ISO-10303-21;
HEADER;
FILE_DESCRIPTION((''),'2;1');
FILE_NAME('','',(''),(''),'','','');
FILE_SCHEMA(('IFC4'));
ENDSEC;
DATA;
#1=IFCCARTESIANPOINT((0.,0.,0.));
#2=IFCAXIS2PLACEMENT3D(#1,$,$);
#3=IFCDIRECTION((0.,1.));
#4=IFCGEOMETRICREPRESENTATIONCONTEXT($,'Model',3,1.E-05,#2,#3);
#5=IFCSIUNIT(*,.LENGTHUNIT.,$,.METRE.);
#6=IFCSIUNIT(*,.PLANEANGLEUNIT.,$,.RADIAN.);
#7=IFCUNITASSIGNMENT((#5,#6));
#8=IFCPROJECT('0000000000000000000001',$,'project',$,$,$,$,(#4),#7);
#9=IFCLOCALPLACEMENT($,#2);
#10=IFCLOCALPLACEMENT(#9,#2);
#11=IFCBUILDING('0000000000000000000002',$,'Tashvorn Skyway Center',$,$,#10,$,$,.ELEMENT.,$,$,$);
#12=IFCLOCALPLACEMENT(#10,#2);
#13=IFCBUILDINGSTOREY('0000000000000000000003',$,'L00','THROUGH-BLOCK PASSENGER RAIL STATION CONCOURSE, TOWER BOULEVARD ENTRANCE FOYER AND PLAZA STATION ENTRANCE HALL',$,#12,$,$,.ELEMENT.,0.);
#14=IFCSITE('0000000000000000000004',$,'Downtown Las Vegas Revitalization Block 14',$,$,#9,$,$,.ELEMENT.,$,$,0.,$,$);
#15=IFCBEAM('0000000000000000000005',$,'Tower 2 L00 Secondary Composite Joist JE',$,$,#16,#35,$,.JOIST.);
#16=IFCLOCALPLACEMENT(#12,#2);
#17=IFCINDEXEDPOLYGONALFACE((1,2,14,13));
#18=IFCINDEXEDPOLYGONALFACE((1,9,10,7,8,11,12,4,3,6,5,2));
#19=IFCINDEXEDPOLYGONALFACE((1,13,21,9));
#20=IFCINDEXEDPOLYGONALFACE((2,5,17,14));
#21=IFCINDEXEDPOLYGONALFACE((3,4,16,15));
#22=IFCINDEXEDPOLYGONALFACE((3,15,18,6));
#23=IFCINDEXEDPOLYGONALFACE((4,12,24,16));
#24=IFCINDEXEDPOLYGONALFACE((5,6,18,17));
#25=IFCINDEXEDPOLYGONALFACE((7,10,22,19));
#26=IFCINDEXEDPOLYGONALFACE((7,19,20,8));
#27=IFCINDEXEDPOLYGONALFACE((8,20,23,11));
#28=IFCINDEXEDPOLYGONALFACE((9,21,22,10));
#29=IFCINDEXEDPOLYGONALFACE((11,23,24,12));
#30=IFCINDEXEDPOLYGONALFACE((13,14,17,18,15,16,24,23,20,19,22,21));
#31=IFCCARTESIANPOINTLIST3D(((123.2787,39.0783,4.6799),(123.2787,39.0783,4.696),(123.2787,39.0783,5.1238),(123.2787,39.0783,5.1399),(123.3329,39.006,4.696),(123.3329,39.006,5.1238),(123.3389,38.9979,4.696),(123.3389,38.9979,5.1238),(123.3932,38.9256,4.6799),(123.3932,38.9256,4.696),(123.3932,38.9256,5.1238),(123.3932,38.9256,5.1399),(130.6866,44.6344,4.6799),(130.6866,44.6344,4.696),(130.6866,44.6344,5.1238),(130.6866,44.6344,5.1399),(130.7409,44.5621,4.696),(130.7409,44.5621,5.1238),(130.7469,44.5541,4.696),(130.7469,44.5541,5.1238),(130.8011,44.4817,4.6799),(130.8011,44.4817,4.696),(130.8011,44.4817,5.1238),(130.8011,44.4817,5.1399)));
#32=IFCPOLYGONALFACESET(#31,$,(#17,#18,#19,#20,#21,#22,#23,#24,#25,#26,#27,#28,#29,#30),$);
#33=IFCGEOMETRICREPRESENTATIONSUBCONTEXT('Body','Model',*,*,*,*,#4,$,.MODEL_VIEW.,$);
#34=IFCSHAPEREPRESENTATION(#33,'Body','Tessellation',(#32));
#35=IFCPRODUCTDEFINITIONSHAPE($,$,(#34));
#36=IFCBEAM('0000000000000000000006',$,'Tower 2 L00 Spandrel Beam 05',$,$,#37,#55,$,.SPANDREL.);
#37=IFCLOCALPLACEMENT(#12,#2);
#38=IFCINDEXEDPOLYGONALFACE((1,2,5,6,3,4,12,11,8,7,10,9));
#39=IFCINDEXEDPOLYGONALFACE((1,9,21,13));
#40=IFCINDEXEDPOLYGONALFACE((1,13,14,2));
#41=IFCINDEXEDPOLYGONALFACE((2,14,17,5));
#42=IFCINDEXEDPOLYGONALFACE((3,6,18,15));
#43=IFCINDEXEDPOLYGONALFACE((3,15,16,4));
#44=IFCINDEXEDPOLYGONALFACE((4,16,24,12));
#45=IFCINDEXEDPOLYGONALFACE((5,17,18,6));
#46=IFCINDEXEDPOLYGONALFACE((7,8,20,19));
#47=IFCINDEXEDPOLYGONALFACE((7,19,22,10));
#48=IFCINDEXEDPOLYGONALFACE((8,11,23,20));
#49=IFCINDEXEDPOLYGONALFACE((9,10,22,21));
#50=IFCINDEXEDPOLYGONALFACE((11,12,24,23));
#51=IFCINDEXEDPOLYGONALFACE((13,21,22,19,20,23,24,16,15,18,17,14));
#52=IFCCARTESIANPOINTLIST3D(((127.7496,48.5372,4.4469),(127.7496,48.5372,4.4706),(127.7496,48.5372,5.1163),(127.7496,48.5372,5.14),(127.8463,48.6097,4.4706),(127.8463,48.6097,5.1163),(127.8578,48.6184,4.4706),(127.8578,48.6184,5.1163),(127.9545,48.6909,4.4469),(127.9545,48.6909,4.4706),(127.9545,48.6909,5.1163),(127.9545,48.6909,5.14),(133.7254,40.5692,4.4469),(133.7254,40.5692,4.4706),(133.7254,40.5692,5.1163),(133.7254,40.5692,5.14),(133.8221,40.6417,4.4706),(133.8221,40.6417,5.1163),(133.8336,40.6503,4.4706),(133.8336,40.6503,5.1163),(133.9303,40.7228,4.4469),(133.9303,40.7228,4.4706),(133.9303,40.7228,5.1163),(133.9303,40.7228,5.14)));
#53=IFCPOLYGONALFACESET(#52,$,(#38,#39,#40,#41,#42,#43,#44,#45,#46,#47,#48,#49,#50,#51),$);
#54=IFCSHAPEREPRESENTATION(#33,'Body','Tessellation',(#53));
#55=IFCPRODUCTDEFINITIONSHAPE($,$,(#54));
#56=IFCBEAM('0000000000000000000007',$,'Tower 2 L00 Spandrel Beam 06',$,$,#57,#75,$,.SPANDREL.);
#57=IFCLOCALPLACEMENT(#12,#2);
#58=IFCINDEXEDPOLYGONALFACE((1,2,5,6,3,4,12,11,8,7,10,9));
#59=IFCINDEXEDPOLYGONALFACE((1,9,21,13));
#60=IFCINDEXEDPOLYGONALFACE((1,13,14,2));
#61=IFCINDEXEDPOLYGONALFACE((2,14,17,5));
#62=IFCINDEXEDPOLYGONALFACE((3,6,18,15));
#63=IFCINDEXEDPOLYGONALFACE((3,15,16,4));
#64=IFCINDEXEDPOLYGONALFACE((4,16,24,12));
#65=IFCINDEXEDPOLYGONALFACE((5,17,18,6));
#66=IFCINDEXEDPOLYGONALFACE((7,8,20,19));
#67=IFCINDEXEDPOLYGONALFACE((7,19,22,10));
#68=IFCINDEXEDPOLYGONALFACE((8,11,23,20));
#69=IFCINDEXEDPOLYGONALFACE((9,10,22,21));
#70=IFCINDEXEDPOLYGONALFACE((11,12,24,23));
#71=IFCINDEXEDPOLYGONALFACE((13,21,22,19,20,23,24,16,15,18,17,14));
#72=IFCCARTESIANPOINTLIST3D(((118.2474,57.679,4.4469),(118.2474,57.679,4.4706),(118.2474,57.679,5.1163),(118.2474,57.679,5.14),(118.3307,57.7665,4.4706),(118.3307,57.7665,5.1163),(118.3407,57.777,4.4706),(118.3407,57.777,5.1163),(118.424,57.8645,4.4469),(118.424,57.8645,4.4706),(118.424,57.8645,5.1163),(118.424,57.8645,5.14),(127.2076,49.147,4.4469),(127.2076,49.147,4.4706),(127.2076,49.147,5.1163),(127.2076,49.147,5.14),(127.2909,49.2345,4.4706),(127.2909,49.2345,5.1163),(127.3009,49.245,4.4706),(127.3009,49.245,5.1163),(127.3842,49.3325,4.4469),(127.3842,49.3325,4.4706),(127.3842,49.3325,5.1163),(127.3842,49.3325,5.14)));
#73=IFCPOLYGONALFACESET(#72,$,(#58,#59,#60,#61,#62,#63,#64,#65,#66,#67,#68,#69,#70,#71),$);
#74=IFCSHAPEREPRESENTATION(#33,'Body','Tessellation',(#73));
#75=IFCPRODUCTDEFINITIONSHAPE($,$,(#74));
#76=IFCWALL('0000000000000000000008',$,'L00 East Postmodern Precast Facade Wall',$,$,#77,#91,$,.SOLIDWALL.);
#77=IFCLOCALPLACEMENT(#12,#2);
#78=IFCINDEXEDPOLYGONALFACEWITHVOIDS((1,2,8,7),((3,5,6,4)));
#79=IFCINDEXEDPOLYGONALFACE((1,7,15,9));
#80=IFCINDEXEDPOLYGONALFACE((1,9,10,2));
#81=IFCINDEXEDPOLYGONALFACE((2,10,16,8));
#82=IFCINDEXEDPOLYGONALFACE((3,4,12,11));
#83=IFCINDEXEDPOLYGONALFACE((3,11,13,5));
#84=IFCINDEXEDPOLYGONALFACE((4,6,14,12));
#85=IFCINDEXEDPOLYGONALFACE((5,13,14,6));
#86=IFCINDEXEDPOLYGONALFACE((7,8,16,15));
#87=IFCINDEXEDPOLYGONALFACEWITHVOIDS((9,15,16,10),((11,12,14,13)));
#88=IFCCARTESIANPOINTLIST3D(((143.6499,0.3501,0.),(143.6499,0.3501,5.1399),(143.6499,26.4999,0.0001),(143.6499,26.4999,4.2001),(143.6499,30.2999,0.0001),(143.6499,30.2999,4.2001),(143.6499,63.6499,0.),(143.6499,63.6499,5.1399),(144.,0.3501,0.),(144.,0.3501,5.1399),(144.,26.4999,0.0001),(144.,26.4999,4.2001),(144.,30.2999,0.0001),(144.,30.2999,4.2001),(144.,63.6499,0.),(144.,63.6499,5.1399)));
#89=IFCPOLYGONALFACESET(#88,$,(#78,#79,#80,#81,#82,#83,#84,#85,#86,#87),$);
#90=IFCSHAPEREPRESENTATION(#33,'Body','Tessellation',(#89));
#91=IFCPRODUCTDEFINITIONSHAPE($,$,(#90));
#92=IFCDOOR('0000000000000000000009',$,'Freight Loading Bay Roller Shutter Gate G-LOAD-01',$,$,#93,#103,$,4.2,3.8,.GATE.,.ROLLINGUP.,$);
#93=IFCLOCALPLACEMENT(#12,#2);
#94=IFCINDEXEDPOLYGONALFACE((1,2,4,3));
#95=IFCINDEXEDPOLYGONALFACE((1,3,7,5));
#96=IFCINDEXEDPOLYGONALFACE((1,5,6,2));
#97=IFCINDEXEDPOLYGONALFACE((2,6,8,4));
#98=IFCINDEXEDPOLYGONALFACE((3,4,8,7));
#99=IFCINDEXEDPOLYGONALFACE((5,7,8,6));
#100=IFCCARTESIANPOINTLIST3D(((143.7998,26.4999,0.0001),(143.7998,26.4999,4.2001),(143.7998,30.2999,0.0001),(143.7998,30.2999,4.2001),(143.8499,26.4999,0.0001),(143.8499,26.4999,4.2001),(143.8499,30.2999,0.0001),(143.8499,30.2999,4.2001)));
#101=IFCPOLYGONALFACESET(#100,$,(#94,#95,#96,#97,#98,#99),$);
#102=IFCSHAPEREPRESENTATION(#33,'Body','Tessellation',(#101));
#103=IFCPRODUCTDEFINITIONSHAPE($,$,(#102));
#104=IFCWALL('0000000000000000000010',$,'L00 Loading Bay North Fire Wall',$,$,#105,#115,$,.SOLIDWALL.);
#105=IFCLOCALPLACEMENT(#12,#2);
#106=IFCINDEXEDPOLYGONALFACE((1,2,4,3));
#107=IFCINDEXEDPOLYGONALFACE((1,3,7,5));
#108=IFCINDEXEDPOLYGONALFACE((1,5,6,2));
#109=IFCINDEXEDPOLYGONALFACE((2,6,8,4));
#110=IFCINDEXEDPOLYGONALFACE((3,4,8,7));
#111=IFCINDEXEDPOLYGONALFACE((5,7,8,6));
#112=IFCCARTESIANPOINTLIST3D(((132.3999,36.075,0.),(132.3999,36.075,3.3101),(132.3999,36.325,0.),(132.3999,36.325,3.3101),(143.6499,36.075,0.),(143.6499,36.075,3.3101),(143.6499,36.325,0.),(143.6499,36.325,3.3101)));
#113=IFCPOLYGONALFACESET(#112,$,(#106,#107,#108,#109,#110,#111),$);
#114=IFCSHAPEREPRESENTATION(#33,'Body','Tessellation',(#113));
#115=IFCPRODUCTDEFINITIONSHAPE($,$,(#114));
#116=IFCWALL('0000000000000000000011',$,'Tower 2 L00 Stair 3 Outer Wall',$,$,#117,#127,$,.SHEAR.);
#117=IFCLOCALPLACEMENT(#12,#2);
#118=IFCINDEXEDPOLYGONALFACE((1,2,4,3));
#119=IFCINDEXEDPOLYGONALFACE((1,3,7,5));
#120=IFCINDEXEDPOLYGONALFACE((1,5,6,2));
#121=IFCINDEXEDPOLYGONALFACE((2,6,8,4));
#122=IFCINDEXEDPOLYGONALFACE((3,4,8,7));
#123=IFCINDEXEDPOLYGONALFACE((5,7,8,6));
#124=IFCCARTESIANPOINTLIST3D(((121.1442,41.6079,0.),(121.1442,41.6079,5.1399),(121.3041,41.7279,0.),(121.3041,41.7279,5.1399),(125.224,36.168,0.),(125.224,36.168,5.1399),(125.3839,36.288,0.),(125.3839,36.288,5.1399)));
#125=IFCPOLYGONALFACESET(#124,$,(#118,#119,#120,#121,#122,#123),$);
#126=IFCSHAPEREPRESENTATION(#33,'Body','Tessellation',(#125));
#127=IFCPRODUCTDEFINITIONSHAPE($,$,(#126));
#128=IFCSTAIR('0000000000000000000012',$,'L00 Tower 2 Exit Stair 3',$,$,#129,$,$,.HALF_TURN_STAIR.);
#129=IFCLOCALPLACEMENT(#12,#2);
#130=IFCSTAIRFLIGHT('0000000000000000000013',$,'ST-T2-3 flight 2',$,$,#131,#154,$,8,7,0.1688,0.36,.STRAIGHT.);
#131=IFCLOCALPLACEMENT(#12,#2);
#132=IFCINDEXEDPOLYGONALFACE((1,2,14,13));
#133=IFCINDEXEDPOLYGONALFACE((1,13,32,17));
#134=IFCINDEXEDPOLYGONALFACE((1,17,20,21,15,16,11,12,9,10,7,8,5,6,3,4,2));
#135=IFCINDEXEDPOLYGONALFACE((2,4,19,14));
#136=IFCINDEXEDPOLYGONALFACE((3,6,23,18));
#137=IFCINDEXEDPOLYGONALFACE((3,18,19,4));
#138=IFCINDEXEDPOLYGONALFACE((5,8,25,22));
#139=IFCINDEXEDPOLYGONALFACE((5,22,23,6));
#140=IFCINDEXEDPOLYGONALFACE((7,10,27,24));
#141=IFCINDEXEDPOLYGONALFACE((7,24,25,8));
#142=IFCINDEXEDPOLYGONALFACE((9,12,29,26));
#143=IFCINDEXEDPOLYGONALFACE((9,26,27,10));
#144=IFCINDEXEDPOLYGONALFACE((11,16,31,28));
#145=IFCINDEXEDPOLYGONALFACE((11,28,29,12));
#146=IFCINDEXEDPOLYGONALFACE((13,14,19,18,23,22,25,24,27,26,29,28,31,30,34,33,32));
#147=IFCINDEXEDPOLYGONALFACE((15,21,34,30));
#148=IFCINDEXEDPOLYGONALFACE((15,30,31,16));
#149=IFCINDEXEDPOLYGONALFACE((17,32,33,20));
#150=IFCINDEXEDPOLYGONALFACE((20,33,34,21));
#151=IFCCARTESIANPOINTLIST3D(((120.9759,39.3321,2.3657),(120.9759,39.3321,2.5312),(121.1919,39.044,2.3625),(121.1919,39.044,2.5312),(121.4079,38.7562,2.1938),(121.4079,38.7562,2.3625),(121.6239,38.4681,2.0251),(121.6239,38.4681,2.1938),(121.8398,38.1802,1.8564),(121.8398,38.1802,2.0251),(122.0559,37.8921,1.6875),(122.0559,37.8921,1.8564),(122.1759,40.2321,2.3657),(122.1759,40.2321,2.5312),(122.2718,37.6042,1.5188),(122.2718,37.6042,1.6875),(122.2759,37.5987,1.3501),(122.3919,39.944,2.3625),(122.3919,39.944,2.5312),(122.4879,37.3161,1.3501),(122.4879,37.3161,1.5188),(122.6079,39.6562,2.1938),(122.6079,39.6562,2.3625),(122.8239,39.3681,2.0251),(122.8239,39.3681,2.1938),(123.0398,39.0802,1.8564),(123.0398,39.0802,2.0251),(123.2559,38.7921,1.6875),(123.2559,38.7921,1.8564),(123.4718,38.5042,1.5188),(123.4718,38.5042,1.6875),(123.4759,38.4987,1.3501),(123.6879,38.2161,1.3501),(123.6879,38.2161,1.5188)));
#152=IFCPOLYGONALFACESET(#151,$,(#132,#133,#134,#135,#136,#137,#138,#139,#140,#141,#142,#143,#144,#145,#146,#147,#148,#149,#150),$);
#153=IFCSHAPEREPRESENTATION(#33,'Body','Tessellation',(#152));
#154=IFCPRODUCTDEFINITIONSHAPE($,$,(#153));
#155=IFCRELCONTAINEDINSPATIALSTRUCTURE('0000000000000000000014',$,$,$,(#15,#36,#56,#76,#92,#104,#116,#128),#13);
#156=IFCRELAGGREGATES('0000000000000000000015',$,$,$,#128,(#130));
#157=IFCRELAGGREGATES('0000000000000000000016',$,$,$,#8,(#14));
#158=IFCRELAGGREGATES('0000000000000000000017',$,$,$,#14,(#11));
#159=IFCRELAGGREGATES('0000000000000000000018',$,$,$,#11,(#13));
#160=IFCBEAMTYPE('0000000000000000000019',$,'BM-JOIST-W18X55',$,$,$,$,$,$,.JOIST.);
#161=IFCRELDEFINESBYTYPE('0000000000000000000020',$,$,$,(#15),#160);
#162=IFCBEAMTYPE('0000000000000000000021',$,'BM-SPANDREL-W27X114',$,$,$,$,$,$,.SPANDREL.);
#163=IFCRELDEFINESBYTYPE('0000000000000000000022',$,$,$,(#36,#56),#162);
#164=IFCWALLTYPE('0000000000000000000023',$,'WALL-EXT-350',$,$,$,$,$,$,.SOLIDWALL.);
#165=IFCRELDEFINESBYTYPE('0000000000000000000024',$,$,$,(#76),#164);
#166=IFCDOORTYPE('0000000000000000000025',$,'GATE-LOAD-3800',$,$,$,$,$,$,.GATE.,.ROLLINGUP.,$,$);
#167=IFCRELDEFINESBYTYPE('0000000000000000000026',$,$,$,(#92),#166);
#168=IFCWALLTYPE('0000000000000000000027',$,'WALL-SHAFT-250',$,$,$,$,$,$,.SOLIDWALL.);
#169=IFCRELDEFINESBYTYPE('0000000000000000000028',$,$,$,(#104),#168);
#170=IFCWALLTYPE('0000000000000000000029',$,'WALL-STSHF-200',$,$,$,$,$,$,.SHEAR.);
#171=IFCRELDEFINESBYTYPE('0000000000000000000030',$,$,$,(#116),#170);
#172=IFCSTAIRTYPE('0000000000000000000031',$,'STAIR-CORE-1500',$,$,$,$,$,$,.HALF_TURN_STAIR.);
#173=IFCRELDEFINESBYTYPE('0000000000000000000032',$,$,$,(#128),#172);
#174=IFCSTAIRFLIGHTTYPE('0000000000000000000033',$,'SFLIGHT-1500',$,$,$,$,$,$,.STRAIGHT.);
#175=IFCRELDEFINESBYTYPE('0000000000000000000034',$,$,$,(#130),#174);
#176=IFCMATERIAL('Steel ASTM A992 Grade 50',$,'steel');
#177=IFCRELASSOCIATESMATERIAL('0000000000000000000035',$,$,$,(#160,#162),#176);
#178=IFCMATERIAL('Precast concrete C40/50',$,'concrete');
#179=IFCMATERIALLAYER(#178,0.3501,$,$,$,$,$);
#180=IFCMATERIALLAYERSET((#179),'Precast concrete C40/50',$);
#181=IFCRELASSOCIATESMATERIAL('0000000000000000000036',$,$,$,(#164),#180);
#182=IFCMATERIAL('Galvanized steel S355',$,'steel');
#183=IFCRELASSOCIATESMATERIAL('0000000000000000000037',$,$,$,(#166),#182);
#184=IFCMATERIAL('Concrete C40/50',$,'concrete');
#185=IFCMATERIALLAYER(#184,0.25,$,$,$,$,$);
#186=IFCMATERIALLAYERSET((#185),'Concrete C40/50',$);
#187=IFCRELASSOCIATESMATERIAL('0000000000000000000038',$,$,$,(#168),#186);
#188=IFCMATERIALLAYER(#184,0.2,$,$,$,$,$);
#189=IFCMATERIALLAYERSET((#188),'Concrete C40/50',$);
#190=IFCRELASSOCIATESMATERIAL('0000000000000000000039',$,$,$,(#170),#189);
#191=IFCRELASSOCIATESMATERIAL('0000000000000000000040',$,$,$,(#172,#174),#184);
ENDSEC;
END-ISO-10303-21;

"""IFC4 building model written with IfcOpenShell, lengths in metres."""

from ifc_helpers import new_model, si_unit, direction, frame, frame_2d, origin, origin_2d, place, context, subcontext, project, spatial, polyline, rectangle, i_section, outline, extrude, material, layer, layer_set, material_profile, profile_set, type_object, element, fill, aggregate, save


model = new_model("IFC4")

# Units and contexts
model_context = context("Model", 3, precision=1e-05, world=origin(), true_north=direction((0.0, 1.0)))
body_context = subcontext(model_context, "Body", "Model", "MODEL_VIEW")
ifc_project = project(units=[si_unit("LENGTHUNIT", "METRE"), si_unit("PLANEANGLEUNIT", "RADIAN")], contexts=[model_context])

# Site, building, storey
site_placement = place(None, origin())
site = spatial("IfcSite", under=ifc_project, at=site_placement, Name="Downtown Las Vegas Revitalization Block 14", CompositionType="ELEMENT", RefElevation=0.0)
building_placement = place(site_placement, origin())
building = spatial("IfcBuilding", under=site, at=building_placement, Name="Tashvorn Skyway Center", CompositionType="ELEMENT")
storey_placement = place(building_placement, origin())
storey = spatial("IfcBuildingStorey", under=building, at=storey_placement, Name="L00", Description="THROUGH-BLOCK PASSENGER RAIL STATION CONCOURSE, TOWER BOULEVARD ENTRANCE FOYER AND PLAZA STATION ENTRANCE HALL", CompositionType="ELEMENT", Elevation=0.0)

# Shared definitions
ifc_material_1 = material(Name="Precast concrete C40/50", Category="concrete")

# Beams
ifc_material_2 = material(Name="Steel ASTM A992 Grade 50", Category="steel")
ifc_material_profile_1 = material_profile(ifc_material_2, i_section(OverallWidth=0.1909, OverallDepth=0.46, WebThickness=0.01, FlangeThickness=0.0161, at=origin_2d()), Name="W18X55")
ifc_profile_set_1 = profile_set([ifc_material_profile_1], Name="Steel ASTM A992 Grade 50")
beam_type_1 = type_object("IfcBeamType", Name="BM-JOIST-W18X55", PredefinedType="JOIST", material=ifc_profile_set_1)
beam_1_placement = place(storey_placement, frame((123.3359, 39.002, 4.9099), z_axis=(0.799991, 0.600013, 0.0), x_axis=(-0.600013, 0.799991, 0.0)))
element("IfcBeam", 1, at=beam_1_placement, inside=storey, type_object=beam_type_1, Name="Tower 2 L00 Secondary Composite Joist JE", PredefinedType="JOIST", context=body_context, shape_type="SweptSolid", body=[
    extrude(i_section(OverallWidth=0.1909, OverallDepth=0.46, WebThickness=0.01, FlangeThickness=0.0161, at=origin_2d()), origin(), (0.0, 0.0, 1.0), 9.26),
])
ifc_material_profile_2 = material_profile(ifc_material_2, i_section(OverallWidth=0.2561, OverallDepth=0.6931, WebThickness=0.0144, FlangeThickness=0.0237, at=origin_2d()), Name="W27X114")
ifc_profile_set_2 = profile_set([ifc_material_profile_2], Name="Steel ASTM A992 Grade 50")
beam_type_2 = type_object("IfcBeamType", Name="BM-SPANDREL-W27X114", PredefinedType="SPANDREL", material=ifc_profile_set_2)
beam_2_placement = place(storey_placement, frame((133.8279, 40.646, 4.7935), z_axis=(-0.599988, 0.800009, 0.0), x_axis=(-0.800009, -0.599988, 0.0)))
element("IfcBeam", 2, at=beam_2_placement, inside=storey, type_object=beam_type_2, Name="Tower 2 L00 Spandrel Beam 05", PredefinedType="SPANDREL", context=body_context, shape_type="SweptSolid", body=[
    extrude(i_section(OverallWidth=0.2561, OverallDepth=0.6931, WebThickness=0.0144, FlangeThickness=0.0237, at=origin_2d()), origin(), (0.0, 0.0, 1.0), 9.96),
])
beam_3_placement = place(storey_placement, frame((127.2959, 49.2397, 4.7935), z_axis=(-0.7242, 0.68959, 0.0), x_axis=(-0.68959, -0.7242, 0.0)))
element("IfcBeam", 3, at=beam_3_placement, inside=storey, type_object=beam_type_2, Name="Tower 2 L00 Spandrel Beam 06", PredefinedType="SPANDREL", context=body_context, shape_type="SweptSolid", body=[
    extrude(i_section(OverallWidth=0.2561, OverallDepth=0.6931, WebThickness=0.0144, FlangeThickness=0.0237, at=origin_2d()), origin(), (0.0, 0.0, 1.0), 12.3726),
])

# Wall, opening, door
ifc_layer_1 = layer(ifc_material_1, 0.3501)
ifc_layer_set_1 = layer_set([ifc_layer_1], Name="Precast concrete C40/50")
wall_type_1 = type_object("IfcWallType", Name="WALL-EXT-350", PredefinedType="SOLIDWALL", material=ifc_layer_set_1)
wall_1_placement = place(storey_placement, frame((143.825, 63.6499, 0.0), z_axis=(0.0, 0.0, 1.0), x_axis=(0.0, -1.0, 0.0)))
wall_1 = element("IfcWall", 4, at=wall_1_placement, inside=storey, type_object=wall_type_1, Name="L00 East Postmodern Precast Facade Wall", PredefinedType="SOLIDWALL", context=body_context, shape_type="SweptSolid", body=[
    extrude(rectangle(XDim=63.2998, YDim=0.3501, at=frame_2d((31.6499, 0.0))), origin(), (0.0, 0.0, 1.0), 5.1399),
])
opening_placement = place(wall_1_placement, frame((33.3501, 0.0, 0.0)))
opening = element("IfcOpeningElement", 5, at=opening_placement, cuts=wall_1, PredefinedType="OPENING", context=body_context, shape_type="SweptSolid", body=[
    extrude(rectangle(XDim=3.8, YDim=4.2, at=frame_2d((1.8999, 2.1001))), frame((0.0, 0.1851, 0.0), z_axis=(0.0, -1.0, 0.0), x_axis=(1.0, 0.0, 0.0)), (0.0, 0.0, 1.0), 0.3701),
])
ifc_material_3 = material(Name="Galvanized steel S355", Category="steel")
door_type = type_object("IfcDoorType", Name="GATE-LOAD-3800", OperationType="ROLLINGUP", PredefinedType="GATE", material=ifc_material_3)
door_placement = place(opening_placement, origin())
door = element("IfcDoor", 6, at=door_placement, inside=storey, type_object=door_type, Name="Freight Loading Bay Roller Shutter Gate G-LOAD-01", OperationType="ROLLINGUP", OverallHeight=4.2, OverallWidth=3.8, PredefinedType="GATE", context=body_context, shape_type="SweptSolid", body=[
    extrude(rectangle(XDim=3.8, YDim=4.2, at=frame_2d((1.8999, 2.1001))), frame((0.0, 0.0249, 0.0), z_axis=(0.0, -1.0, 0.0), x_axis=(1.0, 0.0, 0.0)), (0.0, 0.0, 1.0), 0.05),
])
fill(opening, door)

# Walls
ifc_material_4 = material(Name="Concrete C40/50", Category="concrete")
ifc_layer_2 = layer(ifc_material_4, 0.25)
ifc_layer_set_2 = layer_set([ifc_layer_2], Name="Concrete C40/50")
wall_type_2 = type_object("IfcWallType", Name="WALL-SHAFT-250", PredefinedType="SOLIDWALL", material=ifc_layer_set_2)
wall_2_placement = place(storey_placement, frame((132.3999, 36.2, 0.0), z_axis=(0.0, 0.0, 1.0), x_axis=(1.0, 0.0, 0.0)))
element("IfcWall", 7, at=wall_2_placement, inside=storey, type_object=wall_type_2, Name="L00 Loading Bay North Fire Wall", PredefinedType="SOLIDWALL", context=body_context, shape_type="SweptSolid", body=[
    extrude(rectangle(XDim=11.25, YDim=0.25, at=frame_2d((5.625, 0.0))), origin(), (0.0, 0.0, 1.0), 3.3101),
])
ifc_layer_3 = layer(ifc_material_4, 0.2)
ifc_layer_set_3 = layer_set([ifc_layer_3], Name="Concrete C40/50")
wall_type_3 = type_object("IfcWallType", Name="WALL-STSHF-200", PredefinedType="SHEAR", material=ifc_layer_set_3)
wall_3_placement = place(storey_placement, frame((125.304, 36.228, 0.0), z_axis=(0.0, 0.0, 1.0), x_axis=(-0.599989, 0.800009, 0.0)))
element("IfcWall", 8, at=wall_3_placement, inside=storey, type_object=wall_type_3, Name="Tower 2 L00 Stair 3 Outer Wall", PredefinedType="SHEAR", context=body_context, shape_type="SweptSolid", body=[
    extrude(rectangle(XDim=6.7998, YDim=0.2, at=frame_2d((3.3999, 0.0))), origin(), (0.0, 0.0, 1.0), 5.1399),
])

# Stair, stair flight
stair_type = type_object("IfcStairType", Name="STAIR-CORE-1500", PredefinedType="HALF_TURN_STAIR", material=ifc_material_4)
stair_placement = place(storey_placement, origin())
stair = element("IfcStair", 9, at=stair_placement, inside=storey, type_object=stair_type, Name="L00 Tower 2 Exit Stair 3", PredefinedType="HALF_TURN_STAIR")
stair_flight_type = type_object("IfcStairFlightType", Name="SFLIGHT-1500", PredefinedType="STRAIGHT", material=ifc_material_4)
stair_flight_1_placement = place(storey_placement, frame((123.0879, 37.7661, 1.3501), z_axis=(0.0, 0.0, 1.0), x_axis=(-0.6, 0.8, 0.0)))
stair_flight_1 = element("IfcStairFlight", 10, at=stair_flight_1_placement, type_object=stair_flight_type, Name="ST-T2-3 flight 2", NumberOfRisers=8, NumberOfTreads=7, PredefinedType="STRAIGHT", RiserHeight=0.1688, TreadLength=0.36, context=body_context, shape_type="SweptSolid", body=[
    extrude(outline(polyline([(0.0, 0.0), (0.0, 0.1687), (0.3601, 0.1687), (0.3601, 0.3374), (0.72, 0.3374), (0.72, 0.5063), (1.0801, 0.5063), (1.0801, 0.675), (1.4399, 0.675), (1.4399, 0.8438), (1.8, 0.8438), (1.8, 1.0125), (2.1599, 1.0125), (2.1599, 1.1812), (2.52, 1.1812), (2.52, 1.3501), (2.52, 1.0156), (0.3533, 0.0), (0.0, 0.0)])), frame((0.0, 0.75, 0.0), z_axis=(0.0, -1.0, 0.0), x_axis=(1.0, 0.0, 0.0)), (0.0, 0.0, 1.0), 1.5),
])
aggregate(stair, [stair_flight_1])

save(model, "model.ifc")
